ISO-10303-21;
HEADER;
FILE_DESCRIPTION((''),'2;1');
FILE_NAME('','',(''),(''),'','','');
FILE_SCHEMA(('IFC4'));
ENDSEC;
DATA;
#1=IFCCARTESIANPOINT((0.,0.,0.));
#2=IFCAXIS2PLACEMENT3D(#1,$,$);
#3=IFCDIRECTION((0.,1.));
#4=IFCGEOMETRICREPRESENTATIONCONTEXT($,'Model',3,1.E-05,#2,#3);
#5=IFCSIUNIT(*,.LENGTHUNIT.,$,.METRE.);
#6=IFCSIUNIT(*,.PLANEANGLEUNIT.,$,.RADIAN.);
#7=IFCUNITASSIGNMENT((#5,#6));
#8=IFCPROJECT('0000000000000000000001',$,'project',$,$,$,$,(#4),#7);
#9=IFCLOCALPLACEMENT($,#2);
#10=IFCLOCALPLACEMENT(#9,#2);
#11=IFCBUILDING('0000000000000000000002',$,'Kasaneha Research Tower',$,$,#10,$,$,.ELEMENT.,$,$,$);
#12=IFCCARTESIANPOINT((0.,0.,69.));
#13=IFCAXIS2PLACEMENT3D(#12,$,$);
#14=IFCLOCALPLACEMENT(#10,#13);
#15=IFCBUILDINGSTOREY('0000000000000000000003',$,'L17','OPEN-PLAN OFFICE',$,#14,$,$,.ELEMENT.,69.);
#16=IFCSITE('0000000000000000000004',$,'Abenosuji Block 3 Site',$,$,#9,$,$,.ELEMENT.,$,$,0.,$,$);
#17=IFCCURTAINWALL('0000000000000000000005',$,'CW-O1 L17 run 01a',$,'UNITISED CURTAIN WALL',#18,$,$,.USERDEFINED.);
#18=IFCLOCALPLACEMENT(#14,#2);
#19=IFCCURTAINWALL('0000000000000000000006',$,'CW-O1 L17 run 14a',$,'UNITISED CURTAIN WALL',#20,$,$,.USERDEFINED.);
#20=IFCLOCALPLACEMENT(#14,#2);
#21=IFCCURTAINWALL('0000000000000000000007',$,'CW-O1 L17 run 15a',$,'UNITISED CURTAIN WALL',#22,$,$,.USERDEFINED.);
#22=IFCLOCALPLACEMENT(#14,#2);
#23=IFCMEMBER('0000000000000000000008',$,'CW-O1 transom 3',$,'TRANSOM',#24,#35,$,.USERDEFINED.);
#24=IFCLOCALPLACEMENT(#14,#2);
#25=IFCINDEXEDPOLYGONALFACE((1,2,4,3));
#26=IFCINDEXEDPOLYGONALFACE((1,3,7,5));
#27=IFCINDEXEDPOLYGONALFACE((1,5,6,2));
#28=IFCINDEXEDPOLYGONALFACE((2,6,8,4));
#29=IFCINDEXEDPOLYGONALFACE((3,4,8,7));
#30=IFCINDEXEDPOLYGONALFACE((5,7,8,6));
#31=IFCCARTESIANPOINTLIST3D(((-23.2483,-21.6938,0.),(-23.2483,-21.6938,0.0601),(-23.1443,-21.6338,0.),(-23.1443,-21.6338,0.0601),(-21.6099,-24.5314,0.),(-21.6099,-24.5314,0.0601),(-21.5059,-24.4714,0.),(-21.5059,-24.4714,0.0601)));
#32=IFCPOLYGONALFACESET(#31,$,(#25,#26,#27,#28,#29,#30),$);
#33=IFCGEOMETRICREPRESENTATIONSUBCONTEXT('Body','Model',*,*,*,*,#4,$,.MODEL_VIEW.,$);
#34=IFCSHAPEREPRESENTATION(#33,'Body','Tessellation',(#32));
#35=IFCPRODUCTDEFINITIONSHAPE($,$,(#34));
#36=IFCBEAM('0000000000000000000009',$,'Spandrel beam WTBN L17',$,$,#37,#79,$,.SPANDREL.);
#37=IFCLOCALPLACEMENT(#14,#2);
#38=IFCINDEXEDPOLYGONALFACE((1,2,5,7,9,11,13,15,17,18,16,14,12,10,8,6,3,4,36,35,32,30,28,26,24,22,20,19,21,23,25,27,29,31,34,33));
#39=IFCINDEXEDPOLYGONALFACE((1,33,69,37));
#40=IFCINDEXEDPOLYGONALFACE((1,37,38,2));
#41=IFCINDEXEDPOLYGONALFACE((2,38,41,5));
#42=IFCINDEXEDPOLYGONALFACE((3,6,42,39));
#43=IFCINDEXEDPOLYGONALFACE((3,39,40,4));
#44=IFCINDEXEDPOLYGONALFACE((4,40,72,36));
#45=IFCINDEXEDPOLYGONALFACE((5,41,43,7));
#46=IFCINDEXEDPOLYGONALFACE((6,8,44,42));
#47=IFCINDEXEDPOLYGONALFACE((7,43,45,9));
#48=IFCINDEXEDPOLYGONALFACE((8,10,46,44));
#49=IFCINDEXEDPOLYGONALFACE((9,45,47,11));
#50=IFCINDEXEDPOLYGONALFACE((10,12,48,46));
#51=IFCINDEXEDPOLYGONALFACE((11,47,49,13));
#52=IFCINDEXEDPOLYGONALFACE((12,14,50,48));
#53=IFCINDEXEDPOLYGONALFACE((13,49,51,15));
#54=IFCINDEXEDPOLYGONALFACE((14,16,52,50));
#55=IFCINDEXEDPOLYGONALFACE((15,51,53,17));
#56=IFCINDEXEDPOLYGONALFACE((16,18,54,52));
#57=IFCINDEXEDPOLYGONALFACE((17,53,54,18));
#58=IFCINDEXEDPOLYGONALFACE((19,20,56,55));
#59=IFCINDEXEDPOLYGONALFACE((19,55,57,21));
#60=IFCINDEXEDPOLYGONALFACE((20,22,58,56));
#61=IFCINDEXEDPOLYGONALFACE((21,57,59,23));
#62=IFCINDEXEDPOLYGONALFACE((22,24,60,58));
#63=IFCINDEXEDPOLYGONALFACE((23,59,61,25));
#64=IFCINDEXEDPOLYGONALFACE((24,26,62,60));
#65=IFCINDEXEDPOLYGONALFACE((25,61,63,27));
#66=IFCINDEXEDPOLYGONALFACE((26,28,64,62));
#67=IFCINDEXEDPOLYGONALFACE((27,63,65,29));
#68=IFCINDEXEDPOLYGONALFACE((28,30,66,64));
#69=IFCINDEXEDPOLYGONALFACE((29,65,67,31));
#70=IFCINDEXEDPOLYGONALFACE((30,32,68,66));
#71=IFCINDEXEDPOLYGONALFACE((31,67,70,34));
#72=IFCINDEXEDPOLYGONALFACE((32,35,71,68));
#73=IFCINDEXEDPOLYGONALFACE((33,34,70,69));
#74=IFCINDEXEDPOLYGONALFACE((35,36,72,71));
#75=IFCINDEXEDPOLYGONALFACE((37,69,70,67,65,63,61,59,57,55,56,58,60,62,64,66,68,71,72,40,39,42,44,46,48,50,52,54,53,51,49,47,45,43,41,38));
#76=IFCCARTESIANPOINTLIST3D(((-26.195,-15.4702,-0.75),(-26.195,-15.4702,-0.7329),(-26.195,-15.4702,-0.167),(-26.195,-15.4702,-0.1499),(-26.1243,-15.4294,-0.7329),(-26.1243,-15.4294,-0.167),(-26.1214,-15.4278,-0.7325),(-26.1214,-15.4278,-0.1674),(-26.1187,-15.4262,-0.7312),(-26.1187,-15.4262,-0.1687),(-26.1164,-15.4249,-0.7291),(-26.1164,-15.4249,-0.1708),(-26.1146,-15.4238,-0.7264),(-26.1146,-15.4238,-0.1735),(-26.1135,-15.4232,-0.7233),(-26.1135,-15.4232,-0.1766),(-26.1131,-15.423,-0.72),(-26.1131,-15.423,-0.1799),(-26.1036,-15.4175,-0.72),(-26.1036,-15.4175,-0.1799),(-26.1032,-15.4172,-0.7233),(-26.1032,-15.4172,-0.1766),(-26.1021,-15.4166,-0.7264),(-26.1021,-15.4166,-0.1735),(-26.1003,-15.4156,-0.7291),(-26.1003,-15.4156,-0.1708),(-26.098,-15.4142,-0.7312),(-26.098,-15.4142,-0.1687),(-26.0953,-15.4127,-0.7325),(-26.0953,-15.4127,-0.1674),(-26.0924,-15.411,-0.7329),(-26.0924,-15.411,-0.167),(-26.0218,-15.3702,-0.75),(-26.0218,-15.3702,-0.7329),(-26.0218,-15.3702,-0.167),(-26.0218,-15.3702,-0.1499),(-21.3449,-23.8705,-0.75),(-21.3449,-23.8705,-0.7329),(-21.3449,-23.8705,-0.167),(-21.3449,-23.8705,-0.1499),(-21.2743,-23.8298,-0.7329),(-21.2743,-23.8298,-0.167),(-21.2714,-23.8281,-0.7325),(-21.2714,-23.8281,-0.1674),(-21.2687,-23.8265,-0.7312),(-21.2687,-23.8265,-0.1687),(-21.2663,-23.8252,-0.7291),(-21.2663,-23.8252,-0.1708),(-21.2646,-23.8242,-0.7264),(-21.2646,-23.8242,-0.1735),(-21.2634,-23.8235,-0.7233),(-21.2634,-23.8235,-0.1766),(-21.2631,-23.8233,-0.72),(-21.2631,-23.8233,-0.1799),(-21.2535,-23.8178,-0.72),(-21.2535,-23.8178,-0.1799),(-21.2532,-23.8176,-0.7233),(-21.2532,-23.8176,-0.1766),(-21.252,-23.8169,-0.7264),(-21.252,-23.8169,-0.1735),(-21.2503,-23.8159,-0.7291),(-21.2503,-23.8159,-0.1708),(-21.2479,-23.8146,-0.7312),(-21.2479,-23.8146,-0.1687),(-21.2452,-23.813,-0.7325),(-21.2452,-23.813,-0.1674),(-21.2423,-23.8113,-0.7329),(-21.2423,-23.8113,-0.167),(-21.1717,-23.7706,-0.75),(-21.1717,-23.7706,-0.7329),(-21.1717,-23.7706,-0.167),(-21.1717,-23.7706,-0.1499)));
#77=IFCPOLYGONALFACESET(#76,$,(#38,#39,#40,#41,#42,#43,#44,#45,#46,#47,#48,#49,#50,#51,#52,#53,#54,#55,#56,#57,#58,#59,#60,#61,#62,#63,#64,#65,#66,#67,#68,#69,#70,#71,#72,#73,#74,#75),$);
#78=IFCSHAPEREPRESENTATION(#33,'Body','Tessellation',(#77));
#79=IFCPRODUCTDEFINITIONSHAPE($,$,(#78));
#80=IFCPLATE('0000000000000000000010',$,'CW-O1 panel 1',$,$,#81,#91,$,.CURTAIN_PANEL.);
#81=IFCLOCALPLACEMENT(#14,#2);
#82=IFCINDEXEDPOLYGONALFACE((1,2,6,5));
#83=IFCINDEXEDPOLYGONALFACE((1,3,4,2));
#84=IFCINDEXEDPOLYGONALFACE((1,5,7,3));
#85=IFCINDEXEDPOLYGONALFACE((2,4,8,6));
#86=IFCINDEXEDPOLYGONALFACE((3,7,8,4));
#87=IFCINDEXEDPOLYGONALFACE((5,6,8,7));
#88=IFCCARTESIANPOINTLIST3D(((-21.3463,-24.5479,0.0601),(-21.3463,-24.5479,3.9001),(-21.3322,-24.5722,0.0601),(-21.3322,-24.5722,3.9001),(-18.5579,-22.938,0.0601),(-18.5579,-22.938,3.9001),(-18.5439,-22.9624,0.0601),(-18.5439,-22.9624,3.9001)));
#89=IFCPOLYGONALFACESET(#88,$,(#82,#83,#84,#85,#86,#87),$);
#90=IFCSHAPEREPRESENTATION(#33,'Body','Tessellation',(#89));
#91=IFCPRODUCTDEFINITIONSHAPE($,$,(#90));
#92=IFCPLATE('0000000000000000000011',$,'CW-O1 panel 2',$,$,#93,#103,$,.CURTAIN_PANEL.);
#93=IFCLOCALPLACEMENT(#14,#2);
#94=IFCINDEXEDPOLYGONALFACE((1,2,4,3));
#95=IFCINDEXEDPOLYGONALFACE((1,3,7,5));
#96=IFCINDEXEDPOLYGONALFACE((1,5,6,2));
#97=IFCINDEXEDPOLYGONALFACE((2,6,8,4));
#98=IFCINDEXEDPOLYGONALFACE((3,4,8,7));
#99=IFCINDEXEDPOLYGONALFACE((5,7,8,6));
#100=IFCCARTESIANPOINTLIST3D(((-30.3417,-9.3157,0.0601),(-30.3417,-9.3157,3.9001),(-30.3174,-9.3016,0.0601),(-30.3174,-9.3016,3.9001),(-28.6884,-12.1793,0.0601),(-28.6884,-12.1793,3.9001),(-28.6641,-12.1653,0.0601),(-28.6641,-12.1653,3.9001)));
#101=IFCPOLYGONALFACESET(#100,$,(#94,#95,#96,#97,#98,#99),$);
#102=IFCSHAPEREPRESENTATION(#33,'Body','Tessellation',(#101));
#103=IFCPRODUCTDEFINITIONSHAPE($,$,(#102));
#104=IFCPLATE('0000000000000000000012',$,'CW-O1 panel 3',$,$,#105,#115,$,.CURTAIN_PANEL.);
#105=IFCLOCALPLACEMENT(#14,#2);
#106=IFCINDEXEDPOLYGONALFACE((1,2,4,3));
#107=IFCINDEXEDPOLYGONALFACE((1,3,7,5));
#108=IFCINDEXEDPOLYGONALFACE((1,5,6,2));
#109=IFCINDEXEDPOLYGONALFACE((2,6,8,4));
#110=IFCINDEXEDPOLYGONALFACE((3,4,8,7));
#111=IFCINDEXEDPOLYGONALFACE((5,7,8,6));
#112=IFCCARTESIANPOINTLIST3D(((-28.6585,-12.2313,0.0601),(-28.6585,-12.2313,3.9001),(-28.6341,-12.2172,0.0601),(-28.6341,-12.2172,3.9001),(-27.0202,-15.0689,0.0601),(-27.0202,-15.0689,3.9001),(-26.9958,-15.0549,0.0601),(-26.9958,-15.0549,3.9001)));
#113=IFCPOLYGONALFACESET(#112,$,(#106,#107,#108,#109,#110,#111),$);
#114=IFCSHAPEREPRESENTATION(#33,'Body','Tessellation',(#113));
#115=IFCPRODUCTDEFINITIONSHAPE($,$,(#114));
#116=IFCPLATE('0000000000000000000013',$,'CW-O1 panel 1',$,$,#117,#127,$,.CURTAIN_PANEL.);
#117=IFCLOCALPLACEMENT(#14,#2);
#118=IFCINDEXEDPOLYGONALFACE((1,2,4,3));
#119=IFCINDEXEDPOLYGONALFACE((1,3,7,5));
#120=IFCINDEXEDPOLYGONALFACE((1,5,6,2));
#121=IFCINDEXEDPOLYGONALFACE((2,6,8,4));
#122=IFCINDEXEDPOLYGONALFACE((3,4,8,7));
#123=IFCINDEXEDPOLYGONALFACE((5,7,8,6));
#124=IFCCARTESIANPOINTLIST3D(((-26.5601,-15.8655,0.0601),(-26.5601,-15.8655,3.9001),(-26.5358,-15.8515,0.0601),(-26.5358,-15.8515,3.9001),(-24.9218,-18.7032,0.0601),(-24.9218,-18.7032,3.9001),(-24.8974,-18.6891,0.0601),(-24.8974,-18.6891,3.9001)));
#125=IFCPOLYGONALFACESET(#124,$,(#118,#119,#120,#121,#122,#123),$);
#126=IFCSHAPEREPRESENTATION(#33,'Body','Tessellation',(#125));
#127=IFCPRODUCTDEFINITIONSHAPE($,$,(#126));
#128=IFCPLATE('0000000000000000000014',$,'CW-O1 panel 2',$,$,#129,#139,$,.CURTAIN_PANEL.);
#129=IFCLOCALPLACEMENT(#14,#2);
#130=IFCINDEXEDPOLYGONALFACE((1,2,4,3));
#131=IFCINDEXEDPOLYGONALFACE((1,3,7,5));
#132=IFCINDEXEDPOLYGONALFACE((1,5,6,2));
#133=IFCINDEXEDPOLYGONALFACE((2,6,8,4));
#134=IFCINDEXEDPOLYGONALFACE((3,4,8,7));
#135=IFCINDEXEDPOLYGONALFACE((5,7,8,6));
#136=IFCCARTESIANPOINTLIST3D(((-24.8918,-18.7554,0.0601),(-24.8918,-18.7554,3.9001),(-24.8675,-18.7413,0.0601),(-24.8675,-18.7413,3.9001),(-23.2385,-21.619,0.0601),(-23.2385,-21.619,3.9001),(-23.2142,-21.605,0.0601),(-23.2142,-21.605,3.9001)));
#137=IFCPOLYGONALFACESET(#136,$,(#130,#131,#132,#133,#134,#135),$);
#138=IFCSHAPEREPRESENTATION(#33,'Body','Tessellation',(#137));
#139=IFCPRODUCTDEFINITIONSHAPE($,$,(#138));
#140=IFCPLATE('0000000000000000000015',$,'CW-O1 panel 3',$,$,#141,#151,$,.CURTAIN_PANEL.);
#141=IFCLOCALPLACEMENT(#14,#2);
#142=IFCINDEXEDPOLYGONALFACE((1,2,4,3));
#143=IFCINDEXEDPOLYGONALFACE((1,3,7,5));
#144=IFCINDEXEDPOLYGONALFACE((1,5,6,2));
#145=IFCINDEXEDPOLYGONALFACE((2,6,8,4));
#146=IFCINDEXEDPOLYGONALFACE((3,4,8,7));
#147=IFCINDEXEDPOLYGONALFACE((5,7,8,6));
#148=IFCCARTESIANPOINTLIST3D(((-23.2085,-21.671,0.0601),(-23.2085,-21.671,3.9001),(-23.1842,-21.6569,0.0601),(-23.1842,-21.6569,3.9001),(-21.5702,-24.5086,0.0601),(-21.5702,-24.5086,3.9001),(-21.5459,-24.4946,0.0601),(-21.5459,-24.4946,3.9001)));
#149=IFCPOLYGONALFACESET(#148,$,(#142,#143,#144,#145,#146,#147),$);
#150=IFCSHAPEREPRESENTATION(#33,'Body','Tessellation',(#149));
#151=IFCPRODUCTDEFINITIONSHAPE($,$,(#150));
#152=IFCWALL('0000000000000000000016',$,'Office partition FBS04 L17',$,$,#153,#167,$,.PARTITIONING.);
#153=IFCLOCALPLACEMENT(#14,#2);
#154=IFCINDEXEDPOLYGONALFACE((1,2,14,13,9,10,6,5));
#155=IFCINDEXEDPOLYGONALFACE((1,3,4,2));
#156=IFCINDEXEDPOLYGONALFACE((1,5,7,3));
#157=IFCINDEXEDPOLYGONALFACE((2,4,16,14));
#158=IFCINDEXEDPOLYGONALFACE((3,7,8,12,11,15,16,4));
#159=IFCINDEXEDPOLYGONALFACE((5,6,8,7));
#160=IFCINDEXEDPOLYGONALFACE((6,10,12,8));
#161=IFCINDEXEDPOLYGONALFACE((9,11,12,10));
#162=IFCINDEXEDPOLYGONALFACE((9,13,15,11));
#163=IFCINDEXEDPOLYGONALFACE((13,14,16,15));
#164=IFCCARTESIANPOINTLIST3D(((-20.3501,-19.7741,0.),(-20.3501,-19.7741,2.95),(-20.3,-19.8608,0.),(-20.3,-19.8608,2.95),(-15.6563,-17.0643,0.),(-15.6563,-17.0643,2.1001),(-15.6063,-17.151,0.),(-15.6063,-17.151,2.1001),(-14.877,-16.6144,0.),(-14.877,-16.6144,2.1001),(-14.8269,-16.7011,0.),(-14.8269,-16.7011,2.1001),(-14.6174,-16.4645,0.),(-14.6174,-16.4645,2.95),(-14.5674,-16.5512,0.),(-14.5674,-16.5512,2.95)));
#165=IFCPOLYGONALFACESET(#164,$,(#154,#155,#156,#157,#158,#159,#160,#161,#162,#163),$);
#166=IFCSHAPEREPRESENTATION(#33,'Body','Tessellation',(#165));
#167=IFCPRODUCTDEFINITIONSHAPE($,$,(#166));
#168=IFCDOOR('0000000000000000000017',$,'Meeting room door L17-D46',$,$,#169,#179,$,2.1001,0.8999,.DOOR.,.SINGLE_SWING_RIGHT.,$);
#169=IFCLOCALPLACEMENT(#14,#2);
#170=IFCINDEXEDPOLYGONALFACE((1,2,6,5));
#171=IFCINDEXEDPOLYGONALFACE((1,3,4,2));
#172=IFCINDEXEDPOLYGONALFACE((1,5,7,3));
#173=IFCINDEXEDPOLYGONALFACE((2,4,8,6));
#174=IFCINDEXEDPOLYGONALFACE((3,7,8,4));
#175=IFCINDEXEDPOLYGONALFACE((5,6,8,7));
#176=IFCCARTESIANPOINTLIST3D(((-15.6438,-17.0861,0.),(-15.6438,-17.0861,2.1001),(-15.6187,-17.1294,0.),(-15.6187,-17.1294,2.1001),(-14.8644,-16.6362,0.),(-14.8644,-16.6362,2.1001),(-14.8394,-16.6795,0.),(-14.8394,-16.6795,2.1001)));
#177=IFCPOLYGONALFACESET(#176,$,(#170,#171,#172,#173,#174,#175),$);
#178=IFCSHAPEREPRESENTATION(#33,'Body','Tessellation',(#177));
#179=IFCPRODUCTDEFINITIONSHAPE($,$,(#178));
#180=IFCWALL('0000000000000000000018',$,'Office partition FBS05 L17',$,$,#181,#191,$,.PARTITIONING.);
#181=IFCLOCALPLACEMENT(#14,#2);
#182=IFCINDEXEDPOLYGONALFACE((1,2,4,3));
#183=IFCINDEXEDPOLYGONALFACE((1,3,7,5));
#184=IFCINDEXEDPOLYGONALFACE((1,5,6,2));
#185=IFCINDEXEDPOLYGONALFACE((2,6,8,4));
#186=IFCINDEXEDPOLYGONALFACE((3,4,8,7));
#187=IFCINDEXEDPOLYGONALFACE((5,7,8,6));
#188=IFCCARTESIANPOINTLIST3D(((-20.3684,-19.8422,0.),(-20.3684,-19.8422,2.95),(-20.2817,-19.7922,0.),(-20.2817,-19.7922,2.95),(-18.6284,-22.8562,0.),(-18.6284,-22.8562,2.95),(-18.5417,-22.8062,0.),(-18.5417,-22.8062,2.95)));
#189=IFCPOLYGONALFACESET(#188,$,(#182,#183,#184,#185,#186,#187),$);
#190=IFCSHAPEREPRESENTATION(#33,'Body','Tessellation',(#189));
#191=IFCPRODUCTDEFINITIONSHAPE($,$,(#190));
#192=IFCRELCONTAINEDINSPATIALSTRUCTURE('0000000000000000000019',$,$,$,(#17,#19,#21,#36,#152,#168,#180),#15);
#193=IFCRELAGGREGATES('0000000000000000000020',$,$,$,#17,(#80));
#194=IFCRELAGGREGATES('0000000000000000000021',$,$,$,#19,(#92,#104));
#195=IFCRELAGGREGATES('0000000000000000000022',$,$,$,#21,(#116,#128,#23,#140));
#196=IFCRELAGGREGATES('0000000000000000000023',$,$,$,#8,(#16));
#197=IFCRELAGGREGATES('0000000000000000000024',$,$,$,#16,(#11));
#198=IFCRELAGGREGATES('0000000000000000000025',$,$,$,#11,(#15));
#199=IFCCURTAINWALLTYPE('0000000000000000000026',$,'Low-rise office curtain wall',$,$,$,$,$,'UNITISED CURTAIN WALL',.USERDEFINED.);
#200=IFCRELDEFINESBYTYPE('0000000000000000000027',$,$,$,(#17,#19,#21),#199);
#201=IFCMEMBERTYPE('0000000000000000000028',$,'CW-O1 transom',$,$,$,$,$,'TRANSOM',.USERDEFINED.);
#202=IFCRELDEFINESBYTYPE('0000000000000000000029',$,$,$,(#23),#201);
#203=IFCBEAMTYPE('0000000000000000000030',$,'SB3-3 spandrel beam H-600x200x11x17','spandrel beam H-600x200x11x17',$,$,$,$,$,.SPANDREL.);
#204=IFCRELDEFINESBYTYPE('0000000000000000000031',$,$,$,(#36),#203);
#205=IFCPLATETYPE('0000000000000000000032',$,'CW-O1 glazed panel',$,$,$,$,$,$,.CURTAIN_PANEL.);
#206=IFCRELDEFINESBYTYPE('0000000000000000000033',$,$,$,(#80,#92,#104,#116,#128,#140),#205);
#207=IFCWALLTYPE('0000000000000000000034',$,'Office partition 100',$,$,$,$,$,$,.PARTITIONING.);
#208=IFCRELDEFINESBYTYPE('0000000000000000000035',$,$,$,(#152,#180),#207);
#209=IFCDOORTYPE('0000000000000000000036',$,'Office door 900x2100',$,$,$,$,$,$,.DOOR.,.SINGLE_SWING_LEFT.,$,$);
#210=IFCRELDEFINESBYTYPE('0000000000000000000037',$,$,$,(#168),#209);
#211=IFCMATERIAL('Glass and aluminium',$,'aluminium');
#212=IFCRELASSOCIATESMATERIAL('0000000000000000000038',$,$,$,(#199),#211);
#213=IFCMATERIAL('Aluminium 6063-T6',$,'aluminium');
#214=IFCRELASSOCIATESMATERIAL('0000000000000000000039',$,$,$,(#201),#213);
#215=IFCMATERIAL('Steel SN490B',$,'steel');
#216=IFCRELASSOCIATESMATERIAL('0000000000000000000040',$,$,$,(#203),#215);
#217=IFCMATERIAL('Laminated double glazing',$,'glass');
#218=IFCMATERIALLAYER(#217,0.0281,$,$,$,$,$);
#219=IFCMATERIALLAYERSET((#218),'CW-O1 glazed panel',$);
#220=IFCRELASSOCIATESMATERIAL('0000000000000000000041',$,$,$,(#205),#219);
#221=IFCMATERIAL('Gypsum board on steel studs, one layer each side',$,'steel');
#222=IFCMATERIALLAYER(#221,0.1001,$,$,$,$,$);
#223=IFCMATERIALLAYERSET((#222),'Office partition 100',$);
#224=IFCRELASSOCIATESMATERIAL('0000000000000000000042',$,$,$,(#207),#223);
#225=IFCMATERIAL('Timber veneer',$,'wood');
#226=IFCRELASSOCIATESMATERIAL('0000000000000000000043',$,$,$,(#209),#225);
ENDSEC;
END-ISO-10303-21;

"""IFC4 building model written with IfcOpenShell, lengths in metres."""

from ifc_helpers import new_model, si_unit, direction, frame, frame_2d, origin, origin_2d, place, context, subcontext, project, spatial, rectangle, i_section, extrude, material, layer, layer_set, material_profile, profile_set, type_object, element, fill, aggregate, save


model = new_model("IFC4")

# Units and contexts
model_context = context("Model", 3, precision=1e-05, world=origin(), true_north=direction((0.0, 1.0)))
body_context = subcontext(model_context, "Body", "Model", "MODEL_VIEW")
ifc_project = project(units=[si_unit("LENGTHUNIT", "METRE"), si_unit("PLANEANGLEUNIT", "RADIAN")], contexts=[model_context])

# Site, building, storey
site_placement = place(None, origin())
site = spatial("IfcSite", under=ifc_project, at=site_placement, Name="Abenosuji Block 3 Site", CompositionType="ELEMENT", RefElevation=0.0)
building_placement = place(site_placement, origin())
building = spatial("IfcBuilding", under=site, at=building_placement, Name="Kasaneha Research Tower", CompositionType="ELEMENT")
storey_placement = place(building_placement, frame((0.0, 0.0, 69.0)))
storey = spatial("IfcBuildingStorey", under=building, at=storey_placement, Name="L17", Description="OPEN-PLAN OFFICE", CompositionType="ELEMENT", Elevation=69.0)

# Curtain wall
ifc_material_1 = material(Name="Glass and aluminium", Category="aluminium")
curtain_wall_type = type_object("IfcCurtainWallType", Name="Low-rise office curtain wall", ElementType="UNITISED CURTAIN WALL", PredefinedType="USERDEFINED", material=ifc_material_1)
curtain_wall_1_placement = place(storey_placement, origin())
curtain_wall_1 = element("IfcCurtainWall", 1, at=curtain_wall_1_placement, inside=storey, type_object=curtain_wall_type, Name="CW-O1 L17 run 01a", ObjectType="UNITISED CURTAIN WALL", PredefinedType="USERDEFINED")

# Curtain walls
curtain_wall_2_placement = place(storey_placement, origin())
curtain_wall_2 = element("IfcCurtainWall", 2, at=curtain_wall_2_placement, inside=storey, type_object=curtain_wall_type, Name="CW-O1 L17 run 14a", ObjectType="UNITISED CURTAIN WALL", PredefinedType="USERDEFINED")
curtain_wall_3_placement = place(storey_placement, origin())
curtain_wall_3 = element("IfcCurtainWall", 3, at=curtain_wall_3_placement, inside=storey, type_object=curtain_wall_type, Name="CW-O1 L17 run 15a", ObjectType="UNITISED CURTAIN WALL", PredefinedType="USERDEFINED")

# Member
ifc_material_2 = material(Name="Aluminium 6063-T6", Category="aluminium")
ifc_material_profile_1 = material_profile(ifc_material_2, rectangle(XDim=0.1201, YDim=0.0601, at=origin_2d()), Name="CW-O1 transom 120x60")
ifc_profile_set_1 = profile_set([ifc_material_profile_1], Name="Aluminium 6063-T6")
member_type_1 = type_object("IfcMemberType", Name="CW-O1 transom", ElementType="TRANSOM", PredefinedType="USERDEFINED", material=ifc_profile_set_1)
member_1_placement = place(storey_placement, frame((-23.1963, -21.6638, 0.03), z_axis=(0.500026, -0.866011, 0.0), x_axis=(0.866011, 0.500026, 0.0)))
member_1 = element("IfcMember", 4, at=member_1_placement, type_object=member_type_1, Name="CW-O1 transom 3", ObjectType="TRANSOM", PredefinedType="USERDEFINED", context=body_context, shape_type="SweptSolid", body=[
    extrude(rectangle(XDim=0.1201, YDim=0.0601, at=origin_2d()), origin(), (0.0, 0.0, 1.0), 3.2766),
])

# Beam
ifc_material_3 = material(Name="Steel SN490B", Category="steel")
ifc_material_profile_2 = material_profile(ifc_material_3, i_section(OverallWidth=0.2, OverallDepth=0.6001, WebThickness=0.011, FlangeThickness=0.0171, FilletRadius=0.0129, at=origin_2d()), Name="H-600x200x11x17")
ifc_profile_set_2 = profile_set([ifc_material_profile_2], Name="Steel SN490B")
beam_type = type_object("IfcBeamType", Name="SB3-3 spandrel beam H-600x200x11x17", Description="spandrel beam H-600x200x11x17", PredefinedType="SPANDREL", material=ifc_profile_set_2)
beam_placement = place(storey_placement, frame((-21.2583, -23.8206, -0.45), z_axis=(-0.50001, 0.86602, 0.0), x_axis=(-0.86602, -0.50001, 0.0)))
element("IfcBeam", 5, at=beam_placement, inside=storey, type_object=beam_type, Name="Spandrel beam WTBN L17", PredefinedType="SPANDREL", context=body_context, shape_type="SweptSolid", body=[
    extrude(i_section(OverallWidth=0.2, OverallDepth=0.6001, WebThickness=0.011, FlangeThickness=0.0171, FilletRadius=0.0129, at=origin_2d()), origin(), (0.0, 0.0, 1.0), 9.7),
])

# Plates
ifc_material_4 = material(Name="Laminated double glazing", Category="glass")
ifc_layer_1 = layer(ifc_material_4, 0.0281)
ifc_layer_set_1 = layer_set([ifc_layer_1], Name="CW-O1 glazed panel")
plate_type = type_object("IfcPlateType", Name="CW-O1 glazed panel", PredefinedType="CURTAIN_PANEL", material=ifc_layer_set_1)
plate_1_placement = place(storey_placement, frame((-19.9451, -23.7551, 0.0601), z_axis=(0.0, 0.0, 1.0), x_axis=(0.866025, 0.5, 0.0)))
plate_1 = element("IfcPlate", 6, at=plate_1_placement, type_object=plate_type, Name="CW-O1 panel 1", PredefinedType="CURTAIN_PANEL", context=body_context, shape_type="SweptSolid", body=[
    extrude(rectangle(XDim=3.2197, YDim=0.0281, at=origin_2d()), origin(), (0.0, 0.0, 1.0), 3.8401),
])
aggregate(curtain_wall_1, [plate_1])
plate_2_placement = place(storey_placement, frame((-29.5029, -10.7405, 0.0601), z_axis=(0.0, 0.0, 1.0), x_axis=(0.5, -0.866025, 0.0)))
plate_2 = element("IfcPlate", 7, at=plate_2_placement, type_object=plate_type, Name="CW-O1 panel 2", PredefinedType="CURTAIN_PANEL", context=body_context, shape_type="SweptSolid", body=[
    extrude(rectangle(XDim=3.3066, YDim=0.0281, at=origin_2d()), origin(), (0.0, 0.0, 1.0), 3.8401),
])
plate_3_placement = place(storey_placement, frame((-27.8271, -13.6431, 0.0601), z_axis=(0.0, 0.0, 1.0), x_axis=(0.5, -0.866025, 0.0)))
plate_3 = element("IfcPlate", 8, at=plate_3_placement, type_object=plate_type, Name="CW-O1 panel 3", PredefinedType="CURTAIN_PANEL", context=body_context, shape_type="SweptSolid", body=[
    extrude(rectangle(XDim=3.2766, YDim=0.0281, at=origin_2d()), origin(), (0.0, 0.0, 1.0), 3.8401),
])
aggregate(curtain_wall_2, [plate_2, plate_3])
plate_4_placement = place(storey_placement, frame((-25.7288, -17.2773, 0.0601), z_axis=(0.0, 0.0, 1.0), x_axis=(0.5, -0.866025, 0.0)))
plate_4 = element("IfcPlate", 9, at=plate_4_placement, type_object=plate_type, Name="CW-O1 panel 1", PredefinedType="CURTAIN_PANEL", context=body_context, shape_type="SweptSolid", body=[
    extrude(rectangle(XDim=3.2766, YDim=0.0281, at=origin_2d()), origin(), (0.0, 0.0, 1.0), 3.8401),
])
plate_5_placement = place(storey_placement, frame((-24.053, -20.1802, 0.0601), z_axis=(0.0, 0.0, 1.0), x_axis=(0.5, -0.866025, 0.0)))
plate_5 = element("IfcPlate", 10, at=plate_5_placement, type_object=plate_type, Name="CW-O1 panel 2", PredefinedType="CURTAIN_PANEL", context=body_context, shape_type="SweptSolid", body=[
    extrude(rectangle(XDim=3.3066, YDim=0.0281, at=origin_2d()), origin(), (0.0, 0.0, 1.0), 3.8401),
])
plate_6_placement = place(storey_placement, frame((-22.3772, -23.0828, 0.0601), z_axis=(0.0, 0.0, 1.0), x_axis=(0.5, -0.866025, 0.0)))
plate_6 = element("IfcPlate", 11, at=plate_6_placement, type_object=plate_type, Name="CW-O1 panel 3", PredefinedType="CURTAIN_PANEL", context=body_context, shape_type="SweptSolid", body=[
    extrude(rectangle(XDim=3.2766, YDim=0.0281, at=origin_2d()), origin(), (0.0, 0.0, 1.0), 3.8401),
])
aggregate(curtain_wall_3, [plate_4, plate_5, member_1, plate_6])

# Wall, opening, door
ifc_material_5 = material(Name="Gypsum board on steel studs, one layer each side", Category="steel")
ifc_layer_2 = layer(ifc_material_5, 0.1001)
ifc_layer_set_2 = layer_set([ifc_layer_2], Name="Office partition 100")
wall_type = type_object("IfcWallType", Name="Office partition 100", PredefinedType="PARTITIONING", material=ifc_layer_set_2)
wall_1_placement = place(storey_placement, frame((-20.325, -19.8174, 0.0), z_axis=(0.0, 0.0, 1.0), x_axis=(0.866038, 0.499979, 0.0)))
wall_1 = element("IfcWall", 12, at=wall_1_placement, inside=storey, type_object=wall_type, Name="Office partition FBS04 L17", PredefinedType="PARTITIONING", context=body_context, shape_type="SweptSolid", body=[
    extrude(rectangle(XDim=6.6194, YDim=0.1001, at=frame_2d((3.3096, 0.0))), origin(), (0.0, 0.0, 1.0), 2.95),
])
opening_placement = place(wall_1_placement, frame((5.4197, 0.0, 0.0)))
opening = element("IfcOpeningElement", 13, at=opening_placement, cuts=wall_1, PredefinedType="OPENING", context=body_context, shape_type="SweptSolid", body=[
    extrude(rectangle(XDim=0.8999, YDim=2.1001, at=frame_2d((0.45, 1.05))), frame((0.0, 0.0601, 0.0), z_axis=(0.0, -1.0, 0.0), x_axis=(1.0, 0.0, 0.0)), (0.0, 0.0, 1.0), 0.1201),
])
ifc_material_6 = material(Name="Timber veneer", Category="wood")
door_type = type_object("IfcDoorType", Name="Office door 900x2100", OperationType="SINGLE_SWING_LEFT", PredefinedType="DOOR", material=ifc_material_6)
door_placement = place(opening_placement, origin())
door = element("IfcDoor", 14, at=door_placement, inside=storey, type_object=door_type, Name="Meeting room door L17-D46", OperationType="SINGLE_SWING_RIGHT", OverallHeight=2.1001, OverallWidth=0.8999, PredefinedType="DOOR", context=body_context, shape_type="SweptSolid", body=[
    extrude(rectangle(XDim=0.8999, YDim=2.1001, at=frame_2d((0.45, 1.05))), frame((0.0, 0.0249, 0.0), z_axis=(0.0, -1.0, 0.0), x_axis=(1.0, 0.0, 0.0)), (0.0, 0.0, 1.0), 0.05),
])
fill(opening, door)

# Wall
wall_2_placement = place(storey_placement, frame((-18.585, -22.8313, 0.0), z_axis=(0.0, 0.0, 1.0), x_axis=(-0.49998, 0.866037, 0.0)))
element("IfcWall", 15, at=wall_2_placement, inside=storey, type_object=wall_type, Name="Office partition FBS05 L17", PredefinedType="PARTITIONING", context=body_context, shape_type="SweptSolid", body=[
    extrude(rectangle(XDim=3.4802, YDim=0.1001, at=frame_2d((1.7402, 0.0))), origin(), (0.0, 0.0, 1.0), 2.95),
])

save(model, "model.ifc")
